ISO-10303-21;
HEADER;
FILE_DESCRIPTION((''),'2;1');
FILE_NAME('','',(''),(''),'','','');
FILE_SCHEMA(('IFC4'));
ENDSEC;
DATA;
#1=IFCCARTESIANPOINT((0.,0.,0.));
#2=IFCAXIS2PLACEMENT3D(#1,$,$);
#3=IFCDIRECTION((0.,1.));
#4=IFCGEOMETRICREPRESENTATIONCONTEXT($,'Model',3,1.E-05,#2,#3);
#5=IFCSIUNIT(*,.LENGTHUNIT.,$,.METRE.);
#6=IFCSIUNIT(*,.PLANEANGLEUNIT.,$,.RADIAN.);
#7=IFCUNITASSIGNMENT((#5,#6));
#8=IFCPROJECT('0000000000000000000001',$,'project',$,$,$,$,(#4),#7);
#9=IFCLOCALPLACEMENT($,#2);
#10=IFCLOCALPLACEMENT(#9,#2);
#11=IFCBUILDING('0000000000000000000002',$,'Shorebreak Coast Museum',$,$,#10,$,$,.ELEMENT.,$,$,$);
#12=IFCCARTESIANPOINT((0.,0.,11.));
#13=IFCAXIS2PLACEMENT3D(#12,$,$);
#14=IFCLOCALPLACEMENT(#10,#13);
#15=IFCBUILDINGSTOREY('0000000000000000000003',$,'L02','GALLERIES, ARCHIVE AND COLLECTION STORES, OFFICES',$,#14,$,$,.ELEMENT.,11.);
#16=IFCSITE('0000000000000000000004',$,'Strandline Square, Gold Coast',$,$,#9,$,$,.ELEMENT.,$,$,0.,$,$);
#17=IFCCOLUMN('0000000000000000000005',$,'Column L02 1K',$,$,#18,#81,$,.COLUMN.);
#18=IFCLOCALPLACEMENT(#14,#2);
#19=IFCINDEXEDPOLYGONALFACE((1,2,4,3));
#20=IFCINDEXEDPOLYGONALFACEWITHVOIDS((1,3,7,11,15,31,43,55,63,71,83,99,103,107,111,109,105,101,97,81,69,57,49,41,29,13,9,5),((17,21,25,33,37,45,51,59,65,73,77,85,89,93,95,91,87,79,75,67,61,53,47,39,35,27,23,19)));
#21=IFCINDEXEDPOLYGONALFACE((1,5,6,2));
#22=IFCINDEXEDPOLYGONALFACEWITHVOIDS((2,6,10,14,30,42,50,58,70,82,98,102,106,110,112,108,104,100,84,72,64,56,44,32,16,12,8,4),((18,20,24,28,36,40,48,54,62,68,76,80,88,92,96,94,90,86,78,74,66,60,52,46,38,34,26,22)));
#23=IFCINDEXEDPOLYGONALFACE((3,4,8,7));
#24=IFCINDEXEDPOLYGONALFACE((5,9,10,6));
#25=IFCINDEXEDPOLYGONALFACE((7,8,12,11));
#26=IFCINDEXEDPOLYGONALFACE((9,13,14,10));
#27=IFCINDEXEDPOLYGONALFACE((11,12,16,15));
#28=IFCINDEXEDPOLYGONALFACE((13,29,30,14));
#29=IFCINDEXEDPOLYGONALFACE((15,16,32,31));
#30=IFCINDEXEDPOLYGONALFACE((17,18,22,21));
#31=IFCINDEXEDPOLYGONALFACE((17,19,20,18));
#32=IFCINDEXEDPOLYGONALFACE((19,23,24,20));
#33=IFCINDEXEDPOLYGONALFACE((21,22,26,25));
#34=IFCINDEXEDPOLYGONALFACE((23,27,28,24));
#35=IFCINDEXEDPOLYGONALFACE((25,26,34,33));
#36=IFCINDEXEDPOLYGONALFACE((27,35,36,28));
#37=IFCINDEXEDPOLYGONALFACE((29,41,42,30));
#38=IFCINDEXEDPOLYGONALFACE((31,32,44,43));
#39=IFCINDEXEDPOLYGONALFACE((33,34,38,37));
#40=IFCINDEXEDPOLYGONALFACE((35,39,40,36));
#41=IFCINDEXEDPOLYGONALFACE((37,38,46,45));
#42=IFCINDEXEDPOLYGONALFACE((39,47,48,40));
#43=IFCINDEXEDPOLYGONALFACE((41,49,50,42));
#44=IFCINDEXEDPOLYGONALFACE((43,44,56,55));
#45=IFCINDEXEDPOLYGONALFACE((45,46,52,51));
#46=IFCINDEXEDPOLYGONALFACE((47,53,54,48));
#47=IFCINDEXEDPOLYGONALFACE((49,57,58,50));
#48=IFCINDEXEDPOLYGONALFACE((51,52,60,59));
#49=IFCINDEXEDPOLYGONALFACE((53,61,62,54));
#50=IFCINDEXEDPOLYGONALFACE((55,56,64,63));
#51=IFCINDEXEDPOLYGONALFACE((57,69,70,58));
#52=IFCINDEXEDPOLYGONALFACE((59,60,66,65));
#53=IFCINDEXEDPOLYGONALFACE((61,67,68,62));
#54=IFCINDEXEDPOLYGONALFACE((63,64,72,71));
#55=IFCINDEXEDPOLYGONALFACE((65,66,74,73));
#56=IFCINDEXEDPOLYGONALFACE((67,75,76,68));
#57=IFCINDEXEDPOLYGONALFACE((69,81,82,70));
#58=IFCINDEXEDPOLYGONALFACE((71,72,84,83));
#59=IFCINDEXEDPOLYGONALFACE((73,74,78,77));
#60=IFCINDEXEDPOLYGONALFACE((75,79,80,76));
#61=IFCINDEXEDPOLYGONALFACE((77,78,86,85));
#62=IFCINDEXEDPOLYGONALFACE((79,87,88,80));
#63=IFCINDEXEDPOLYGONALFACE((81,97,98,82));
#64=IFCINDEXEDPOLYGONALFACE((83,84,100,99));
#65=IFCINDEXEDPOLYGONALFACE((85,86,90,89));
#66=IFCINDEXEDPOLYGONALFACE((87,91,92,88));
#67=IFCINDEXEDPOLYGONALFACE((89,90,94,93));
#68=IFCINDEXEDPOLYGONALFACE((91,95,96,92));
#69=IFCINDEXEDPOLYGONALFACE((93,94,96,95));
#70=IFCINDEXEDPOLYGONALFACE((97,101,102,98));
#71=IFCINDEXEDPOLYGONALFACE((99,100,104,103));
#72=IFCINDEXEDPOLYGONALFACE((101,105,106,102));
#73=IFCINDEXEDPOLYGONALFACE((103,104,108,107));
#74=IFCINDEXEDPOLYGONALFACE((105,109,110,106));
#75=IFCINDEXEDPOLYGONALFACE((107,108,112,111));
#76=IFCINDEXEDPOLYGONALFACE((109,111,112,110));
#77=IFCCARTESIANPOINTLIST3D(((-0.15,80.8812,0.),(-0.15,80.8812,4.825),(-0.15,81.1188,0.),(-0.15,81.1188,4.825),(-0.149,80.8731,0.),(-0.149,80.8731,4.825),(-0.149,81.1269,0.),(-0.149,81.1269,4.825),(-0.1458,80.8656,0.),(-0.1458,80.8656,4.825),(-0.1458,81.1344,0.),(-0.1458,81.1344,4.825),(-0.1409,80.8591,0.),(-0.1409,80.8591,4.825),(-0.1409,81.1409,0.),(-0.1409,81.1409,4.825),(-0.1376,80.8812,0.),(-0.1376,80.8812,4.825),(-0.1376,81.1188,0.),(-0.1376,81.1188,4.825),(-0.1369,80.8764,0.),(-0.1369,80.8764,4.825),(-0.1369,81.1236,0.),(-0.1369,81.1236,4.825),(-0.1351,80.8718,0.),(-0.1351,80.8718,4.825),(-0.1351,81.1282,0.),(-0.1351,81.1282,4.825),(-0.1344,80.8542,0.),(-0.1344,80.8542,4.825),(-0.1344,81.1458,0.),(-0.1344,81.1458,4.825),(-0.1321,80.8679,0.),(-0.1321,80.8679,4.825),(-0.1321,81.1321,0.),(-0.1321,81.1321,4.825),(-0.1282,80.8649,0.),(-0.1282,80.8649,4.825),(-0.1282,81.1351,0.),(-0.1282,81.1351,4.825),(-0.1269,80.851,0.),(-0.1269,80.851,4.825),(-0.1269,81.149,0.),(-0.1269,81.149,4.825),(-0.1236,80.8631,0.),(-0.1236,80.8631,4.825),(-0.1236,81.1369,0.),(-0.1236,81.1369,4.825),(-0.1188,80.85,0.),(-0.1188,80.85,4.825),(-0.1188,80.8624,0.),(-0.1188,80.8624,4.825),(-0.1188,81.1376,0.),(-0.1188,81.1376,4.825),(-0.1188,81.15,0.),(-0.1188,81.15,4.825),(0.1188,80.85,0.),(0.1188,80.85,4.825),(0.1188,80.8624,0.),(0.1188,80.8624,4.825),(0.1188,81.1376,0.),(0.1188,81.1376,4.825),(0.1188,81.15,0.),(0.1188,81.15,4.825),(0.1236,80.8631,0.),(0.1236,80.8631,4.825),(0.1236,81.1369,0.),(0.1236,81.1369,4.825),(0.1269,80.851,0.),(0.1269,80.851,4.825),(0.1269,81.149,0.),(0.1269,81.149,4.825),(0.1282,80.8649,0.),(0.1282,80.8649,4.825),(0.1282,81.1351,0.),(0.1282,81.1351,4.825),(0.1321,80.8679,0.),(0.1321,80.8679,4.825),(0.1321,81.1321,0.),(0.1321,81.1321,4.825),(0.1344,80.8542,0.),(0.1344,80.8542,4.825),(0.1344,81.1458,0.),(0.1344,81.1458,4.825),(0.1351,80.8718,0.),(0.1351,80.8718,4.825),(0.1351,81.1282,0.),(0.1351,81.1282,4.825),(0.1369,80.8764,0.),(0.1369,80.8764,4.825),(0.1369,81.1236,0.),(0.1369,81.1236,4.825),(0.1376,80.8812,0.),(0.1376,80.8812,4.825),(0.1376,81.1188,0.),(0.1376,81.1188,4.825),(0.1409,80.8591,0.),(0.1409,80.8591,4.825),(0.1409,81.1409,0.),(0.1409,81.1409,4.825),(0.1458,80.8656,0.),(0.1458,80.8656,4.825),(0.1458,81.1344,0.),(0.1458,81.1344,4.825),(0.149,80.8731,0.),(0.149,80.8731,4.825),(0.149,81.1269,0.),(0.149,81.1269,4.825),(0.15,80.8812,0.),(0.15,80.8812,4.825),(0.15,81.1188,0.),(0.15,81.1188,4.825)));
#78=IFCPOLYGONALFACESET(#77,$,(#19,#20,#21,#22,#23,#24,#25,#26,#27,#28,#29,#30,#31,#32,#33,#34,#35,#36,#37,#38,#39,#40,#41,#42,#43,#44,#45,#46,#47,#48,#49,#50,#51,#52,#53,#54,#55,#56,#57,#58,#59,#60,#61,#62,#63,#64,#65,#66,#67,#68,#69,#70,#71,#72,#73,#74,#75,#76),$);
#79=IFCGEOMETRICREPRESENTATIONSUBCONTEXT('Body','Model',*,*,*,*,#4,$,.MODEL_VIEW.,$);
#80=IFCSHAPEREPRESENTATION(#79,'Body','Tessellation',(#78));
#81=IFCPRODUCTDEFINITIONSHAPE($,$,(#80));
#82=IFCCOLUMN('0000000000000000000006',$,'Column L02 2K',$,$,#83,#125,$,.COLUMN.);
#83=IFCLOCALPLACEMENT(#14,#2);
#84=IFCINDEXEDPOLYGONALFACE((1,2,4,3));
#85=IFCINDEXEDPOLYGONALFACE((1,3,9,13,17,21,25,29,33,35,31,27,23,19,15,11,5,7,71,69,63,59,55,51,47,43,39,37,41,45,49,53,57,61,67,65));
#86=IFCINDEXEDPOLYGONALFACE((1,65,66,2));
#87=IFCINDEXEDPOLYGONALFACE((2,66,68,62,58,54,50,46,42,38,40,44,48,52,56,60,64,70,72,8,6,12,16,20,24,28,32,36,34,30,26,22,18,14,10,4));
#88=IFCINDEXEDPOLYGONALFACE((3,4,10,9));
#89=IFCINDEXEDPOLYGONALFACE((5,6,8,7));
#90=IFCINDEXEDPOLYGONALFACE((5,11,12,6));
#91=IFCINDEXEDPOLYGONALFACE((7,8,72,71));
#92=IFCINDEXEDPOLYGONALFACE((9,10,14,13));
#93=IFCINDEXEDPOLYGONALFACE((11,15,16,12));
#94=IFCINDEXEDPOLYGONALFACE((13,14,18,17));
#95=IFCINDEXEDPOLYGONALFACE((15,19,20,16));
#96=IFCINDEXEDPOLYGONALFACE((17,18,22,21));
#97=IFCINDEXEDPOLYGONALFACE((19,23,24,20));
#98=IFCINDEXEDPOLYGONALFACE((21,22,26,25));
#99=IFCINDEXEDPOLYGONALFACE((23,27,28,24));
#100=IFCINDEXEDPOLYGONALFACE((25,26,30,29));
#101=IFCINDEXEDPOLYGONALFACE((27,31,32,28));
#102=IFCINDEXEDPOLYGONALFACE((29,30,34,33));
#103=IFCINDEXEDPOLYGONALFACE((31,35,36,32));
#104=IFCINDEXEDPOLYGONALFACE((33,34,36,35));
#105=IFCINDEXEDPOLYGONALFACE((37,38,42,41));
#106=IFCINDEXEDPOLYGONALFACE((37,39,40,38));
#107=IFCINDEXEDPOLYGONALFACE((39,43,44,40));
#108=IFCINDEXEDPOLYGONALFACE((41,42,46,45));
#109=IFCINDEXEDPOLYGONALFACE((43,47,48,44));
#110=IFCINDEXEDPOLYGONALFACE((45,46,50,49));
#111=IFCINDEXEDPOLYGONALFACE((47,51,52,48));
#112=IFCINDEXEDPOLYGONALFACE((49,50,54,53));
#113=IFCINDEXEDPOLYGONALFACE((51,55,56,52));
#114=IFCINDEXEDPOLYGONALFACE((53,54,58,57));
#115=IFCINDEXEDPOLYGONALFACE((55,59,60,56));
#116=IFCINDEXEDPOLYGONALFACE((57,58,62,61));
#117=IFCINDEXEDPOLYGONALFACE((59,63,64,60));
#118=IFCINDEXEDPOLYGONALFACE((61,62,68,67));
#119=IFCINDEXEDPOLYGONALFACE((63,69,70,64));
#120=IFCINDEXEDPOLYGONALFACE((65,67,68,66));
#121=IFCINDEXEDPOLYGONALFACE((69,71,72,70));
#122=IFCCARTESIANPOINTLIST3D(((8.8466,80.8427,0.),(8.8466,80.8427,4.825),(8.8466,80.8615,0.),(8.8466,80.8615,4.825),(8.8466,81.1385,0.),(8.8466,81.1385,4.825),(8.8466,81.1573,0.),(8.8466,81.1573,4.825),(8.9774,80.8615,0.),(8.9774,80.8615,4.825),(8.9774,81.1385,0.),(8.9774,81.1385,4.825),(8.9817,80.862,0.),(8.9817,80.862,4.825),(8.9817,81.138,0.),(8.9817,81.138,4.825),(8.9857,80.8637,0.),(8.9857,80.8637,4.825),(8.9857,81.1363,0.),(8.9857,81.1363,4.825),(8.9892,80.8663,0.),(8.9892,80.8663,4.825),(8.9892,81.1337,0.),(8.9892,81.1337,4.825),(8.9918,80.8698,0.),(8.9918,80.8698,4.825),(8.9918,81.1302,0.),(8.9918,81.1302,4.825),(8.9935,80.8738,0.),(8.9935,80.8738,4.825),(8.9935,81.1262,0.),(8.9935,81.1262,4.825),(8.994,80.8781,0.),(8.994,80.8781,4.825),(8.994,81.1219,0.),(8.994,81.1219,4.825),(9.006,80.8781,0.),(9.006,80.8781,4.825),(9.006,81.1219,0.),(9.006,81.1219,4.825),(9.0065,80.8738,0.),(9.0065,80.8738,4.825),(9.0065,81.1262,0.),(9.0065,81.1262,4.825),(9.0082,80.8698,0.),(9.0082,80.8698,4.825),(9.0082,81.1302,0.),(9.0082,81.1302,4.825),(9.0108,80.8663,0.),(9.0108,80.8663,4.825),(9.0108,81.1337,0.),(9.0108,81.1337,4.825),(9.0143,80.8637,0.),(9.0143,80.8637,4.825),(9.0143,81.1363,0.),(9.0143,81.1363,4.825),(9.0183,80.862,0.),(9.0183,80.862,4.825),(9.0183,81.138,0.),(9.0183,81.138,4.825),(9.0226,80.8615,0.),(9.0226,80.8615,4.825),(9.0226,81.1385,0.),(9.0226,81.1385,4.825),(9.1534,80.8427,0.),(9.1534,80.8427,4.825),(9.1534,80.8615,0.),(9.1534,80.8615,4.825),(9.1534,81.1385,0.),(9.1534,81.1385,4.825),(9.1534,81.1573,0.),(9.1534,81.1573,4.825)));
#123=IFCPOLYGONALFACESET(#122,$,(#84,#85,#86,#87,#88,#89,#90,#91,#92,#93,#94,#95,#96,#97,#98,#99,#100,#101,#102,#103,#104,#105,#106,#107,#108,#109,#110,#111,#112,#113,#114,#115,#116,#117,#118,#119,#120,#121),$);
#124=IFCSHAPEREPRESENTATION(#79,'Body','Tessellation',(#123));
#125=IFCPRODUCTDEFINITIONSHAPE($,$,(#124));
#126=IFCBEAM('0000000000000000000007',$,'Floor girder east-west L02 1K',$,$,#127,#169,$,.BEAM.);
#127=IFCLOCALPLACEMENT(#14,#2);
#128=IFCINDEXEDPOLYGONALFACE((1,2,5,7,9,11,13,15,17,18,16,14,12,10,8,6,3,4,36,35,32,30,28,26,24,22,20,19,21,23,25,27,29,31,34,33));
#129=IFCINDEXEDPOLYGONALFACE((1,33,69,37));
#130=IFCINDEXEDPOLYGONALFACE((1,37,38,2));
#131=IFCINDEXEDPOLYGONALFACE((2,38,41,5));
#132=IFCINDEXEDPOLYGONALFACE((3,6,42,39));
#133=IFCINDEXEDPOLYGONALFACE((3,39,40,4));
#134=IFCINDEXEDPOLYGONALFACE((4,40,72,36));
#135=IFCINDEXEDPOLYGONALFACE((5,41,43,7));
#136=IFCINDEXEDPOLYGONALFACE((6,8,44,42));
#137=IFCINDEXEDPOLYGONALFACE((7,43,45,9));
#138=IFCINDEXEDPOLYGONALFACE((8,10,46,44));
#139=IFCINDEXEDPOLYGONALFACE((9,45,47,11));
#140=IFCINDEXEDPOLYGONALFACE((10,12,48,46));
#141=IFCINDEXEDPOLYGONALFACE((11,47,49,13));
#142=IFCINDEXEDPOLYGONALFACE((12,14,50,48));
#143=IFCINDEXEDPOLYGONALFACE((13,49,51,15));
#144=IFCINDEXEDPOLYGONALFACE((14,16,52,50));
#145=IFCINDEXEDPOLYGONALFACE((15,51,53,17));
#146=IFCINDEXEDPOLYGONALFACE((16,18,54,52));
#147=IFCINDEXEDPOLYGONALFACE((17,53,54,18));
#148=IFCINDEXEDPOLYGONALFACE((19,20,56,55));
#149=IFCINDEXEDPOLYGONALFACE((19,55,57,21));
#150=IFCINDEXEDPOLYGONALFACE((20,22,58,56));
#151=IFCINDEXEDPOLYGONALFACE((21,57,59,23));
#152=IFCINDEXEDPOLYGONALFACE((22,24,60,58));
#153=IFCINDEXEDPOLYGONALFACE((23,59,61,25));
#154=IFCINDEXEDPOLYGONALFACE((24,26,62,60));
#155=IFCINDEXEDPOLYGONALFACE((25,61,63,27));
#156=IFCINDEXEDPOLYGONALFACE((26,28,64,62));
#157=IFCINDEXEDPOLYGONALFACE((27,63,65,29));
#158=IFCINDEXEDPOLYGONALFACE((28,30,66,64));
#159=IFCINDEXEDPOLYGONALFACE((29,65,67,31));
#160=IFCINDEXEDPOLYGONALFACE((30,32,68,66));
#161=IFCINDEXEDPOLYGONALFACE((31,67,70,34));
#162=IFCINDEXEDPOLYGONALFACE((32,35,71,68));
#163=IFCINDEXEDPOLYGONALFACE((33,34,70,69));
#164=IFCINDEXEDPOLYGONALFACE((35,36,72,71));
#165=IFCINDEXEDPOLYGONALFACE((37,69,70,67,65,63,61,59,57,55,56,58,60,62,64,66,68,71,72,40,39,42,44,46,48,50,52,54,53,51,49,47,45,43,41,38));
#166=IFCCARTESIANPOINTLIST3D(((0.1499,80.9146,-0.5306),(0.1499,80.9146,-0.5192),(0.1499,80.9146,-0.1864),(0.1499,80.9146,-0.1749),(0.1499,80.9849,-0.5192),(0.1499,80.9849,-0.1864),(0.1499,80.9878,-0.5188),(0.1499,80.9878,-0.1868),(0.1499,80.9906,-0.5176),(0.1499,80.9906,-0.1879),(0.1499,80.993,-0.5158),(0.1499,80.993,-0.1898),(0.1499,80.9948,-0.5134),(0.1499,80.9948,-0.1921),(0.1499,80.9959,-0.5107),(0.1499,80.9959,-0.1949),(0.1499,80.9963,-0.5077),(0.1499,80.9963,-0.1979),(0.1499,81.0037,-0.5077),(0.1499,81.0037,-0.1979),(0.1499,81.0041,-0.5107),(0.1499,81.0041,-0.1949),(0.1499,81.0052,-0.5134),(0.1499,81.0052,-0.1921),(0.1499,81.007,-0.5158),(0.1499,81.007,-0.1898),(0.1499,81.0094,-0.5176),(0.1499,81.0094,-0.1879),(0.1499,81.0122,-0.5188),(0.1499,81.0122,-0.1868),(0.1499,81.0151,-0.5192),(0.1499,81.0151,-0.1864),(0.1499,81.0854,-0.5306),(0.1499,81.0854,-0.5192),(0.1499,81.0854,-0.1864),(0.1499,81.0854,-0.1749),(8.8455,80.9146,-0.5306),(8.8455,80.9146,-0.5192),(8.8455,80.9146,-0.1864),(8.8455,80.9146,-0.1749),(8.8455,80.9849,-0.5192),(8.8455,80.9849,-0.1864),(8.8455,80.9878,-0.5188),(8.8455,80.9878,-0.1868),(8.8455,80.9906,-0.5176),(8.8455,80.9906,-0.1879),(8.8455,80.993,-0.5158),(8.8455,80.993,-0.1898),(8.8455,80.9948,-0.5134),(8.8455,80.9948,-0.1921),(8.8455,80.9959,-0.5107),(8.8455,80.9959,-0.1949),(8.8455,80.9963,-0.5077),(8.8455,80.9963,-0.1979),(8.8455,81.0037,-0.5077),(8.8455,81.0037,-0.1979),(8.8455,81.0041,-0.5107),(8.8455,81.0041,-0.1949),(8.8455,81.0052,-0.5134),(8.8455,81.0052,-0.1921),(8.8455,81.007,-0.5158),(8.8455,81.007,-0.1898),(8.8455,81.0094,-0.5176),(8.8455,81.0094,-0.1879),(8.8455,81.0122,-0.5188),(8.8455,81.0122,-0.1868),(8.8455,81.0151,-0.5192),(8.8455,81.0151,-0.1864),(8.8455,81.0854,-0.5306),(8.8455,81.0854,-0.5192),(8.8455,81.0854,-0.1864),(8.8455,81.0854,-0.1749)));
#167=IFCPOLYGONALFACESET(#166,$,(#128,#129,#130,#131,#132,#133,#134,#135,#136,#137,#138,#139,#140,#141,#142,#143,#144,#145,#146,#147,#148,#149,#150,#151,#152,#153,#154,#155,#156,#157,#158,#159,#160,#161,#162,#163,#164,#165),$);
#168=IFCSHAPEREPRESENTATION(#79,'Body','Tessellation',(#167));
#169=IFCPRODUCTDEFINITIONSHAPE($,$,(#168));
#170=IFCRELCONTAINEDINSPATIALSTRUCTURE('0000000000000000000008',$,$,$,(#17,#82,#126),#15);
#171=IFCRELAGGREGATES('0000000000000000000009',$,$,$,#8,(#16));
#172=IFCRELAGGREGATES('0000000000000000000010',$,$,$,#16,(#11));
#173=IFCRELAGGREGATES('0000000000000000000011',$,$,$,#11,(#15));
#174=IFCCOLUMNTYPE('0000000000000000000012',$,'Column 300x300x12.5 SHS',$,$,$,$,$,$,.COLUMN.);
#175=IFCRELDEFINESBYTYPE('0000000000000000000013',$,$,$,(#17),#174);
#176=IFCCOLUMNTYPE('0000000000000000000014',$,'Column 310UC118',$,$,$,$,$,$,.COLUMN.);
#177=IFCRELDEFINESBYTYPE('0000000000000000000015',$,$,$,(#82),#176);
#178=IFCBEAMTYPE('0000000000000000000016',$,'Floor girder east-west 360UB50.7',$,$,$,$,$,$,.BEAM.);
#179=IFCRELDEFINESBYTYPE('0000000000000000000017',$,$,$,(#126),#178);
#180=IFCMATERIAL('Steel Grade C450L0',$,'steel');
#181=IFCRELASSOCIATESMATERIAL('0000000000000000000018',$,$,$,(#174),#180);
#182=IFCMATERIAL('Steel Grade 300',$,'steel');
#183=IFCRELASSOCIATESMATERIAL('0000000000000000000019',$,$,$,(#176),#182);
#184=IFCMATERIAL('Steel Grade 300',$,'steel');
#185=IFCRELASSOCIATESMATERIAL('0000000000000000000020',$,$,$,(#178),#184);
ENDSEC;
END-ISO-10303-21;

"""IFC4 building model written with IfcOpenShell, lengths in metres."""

from ifc_helpers import new_model, si_unit, direction, frame, origin, origin_2d, place, context, subcontext, project, spatial, hollow_rectangle, i_section, extrude, material, material_profile, profile_set, type_object, element, save


model = new_model("IFC4")

# Units and contexts
model_context = context("Model", 3, precision=1e-05, world=origin(), true_north=direction((0.0, 1.0)))
body_context = subcontext(model_context, "Body", "Model", "MODEL_VIEW")
ifc_project = project(units=[si_unit("LENGTHUNIT", "METRE"), si_unit("PLANEANGLEUNIT", "RADIAN")], contexts=[model_context])

# Site, building, storey
site_placement = place(None, origin())
site = spatial("IfcSite", under=ifc_project, at=site_placement, Name="Strandline Square, Gold Coast", CompositionType="ELEMENT", RefElevation=0.0)
building_placement = place(site_placement, origin())
building = spatial("IfcBuilding", under=site, at=building_placement, Name="Shorebreak Coast Museum", CompositionType="ELEMENT")
storey_placement = place(building_placement, frame((0.0, 0.0, 11.0)))
storey = spatial("IfcBuildingStorey", under=building, at=storey_placement, Name="L02", Description="GALLERIES, ARCHIVE AND COLLECTION STORES, OFFICES", CompositionType="ELEMENT", Elevation=11.0)

# Columns
ifc_material_1 = material(Name="Steel Grade C450L0", Category="steel")
ifc_material_profile_1 = material_profile(ifc_material_1, hollow_rectangle(XDim=0.3, YDim=0.3, WallThickness=0.0125, InnerFilletRadius=0.0188, OuterFilletRadius=0.0312, at=origin_2d()), Name="300x300x12.5 SHS")
ifc_profile_set_1 = profile_set([ifc_material_profile_1], Name="Steel Grade C450L0")
column_type_1 = type_object("IfcColumnType", Name="Column 300x300x12.5 SHS", PredefinedType="COLUMN", material=ifc_profile_set_1)
column_1_placement = place(storey_placement, frame((0.0, 81.0, 0.0), z_axis=(0.0, 0.0, 1.0), x_axis=(1.0, 0.0, 0.0)))
element("IfcColumn", 1, at=column_1_placement, inside=storey, type_object=column_type_1, Name="Column L02 1K", PredefinedType="COLUMN", context=body_context, shape_type="SweptSolid", body=[
    extrude(hollow_rectangle(XDim=0.3, YDim=0.3, WallThickness=0.0125, InnerFilletRadius=0.0188, OuterFilletRadius=0.0312, at=origin_2d()), origin(), (0.0, 0.0, 1.0), 4.825),
])
ifc_material_2 = material(Name="Steel Grade 300", Category="steel")
ifc_material_profile_2 = material_profile(ifc_material_2, i_section(OverallWidth=0.3069, OverallDepth=0.3147, WebThickness=0.012, FlangeThickness=0.0188, FilletRadius=0.0166, at=origin_2d()), Name="310UC118")
ifc_profile_set_2 = profile_set([ifc_material_profile_2], Name="Steel Grade 300")
column_type_2 = type_object("IfcColumnType", Name="Column 310UC118", PredefinedType="COLUMN", material=ifc_profile_set_2)
column_2_placement = place(storey_placement, frame((9.0, 81.0, 0.0), z_axis=(0.0, 0.0, 1.0), x_axis=(1.0, 0.0, 0.0)))
element("IfcColumn", 2, at=column_2_placement, inside=storey, type_object=column_type_2, Name="Column L02 2K", PredefinedType="COLUMN", context=body_context, shape_type="SweptSolid", body=[
    extrude(i_section(OverallWidth=0.3069, OverallDepth=0.3147, WebThickness=0.012, FlangeThickness=0.0188, FilletRadius=0.0166, at=origin_2d()), origin(), (0.0, 0.0, 1.0), 4.825),
])

# Beam
ifc_material_3 = material(Name="Steel Grade 300", Category="steel")
ifc_material_profile_3 = material_profile(ifc_material_3, i_section(OverallWidth=0.1709, OverallDepth=0.3557, WebThickness=0.0073, FlangeThickness=0.0115, FilletRadius=0.0115, at=origin_2d()), Name="360UB50.7")
ifc_profile_set_3 = profile_set([ifc_material_profile_3], Name="Steel Grade 300")
beam_type_1 = type_object("IfcBeamType", Name="Floor girder east-west 360UB50.7", PredefinedType="BEAM", material=ifc_profile_set_3)
beam_1_placement = place(storey_placement, frame((0.1499, 81.0, -0.3528), z_axis=(1.0, 0.0, 0.0), x_axis=(0.0, 1.0, 0.0)))
element("IfcBeam", 3, at=beam_1_placement, inside=storey, type_object=beam_type_1, Name="Floor girder east-west L02 1K", PredefinedType="BEAM", context=body_context, shape_type="SweptSolid", body=[
    extrude(i_section(OverallWidth=0.1709, OverallDepth=0.3557, WebThickness=0.0073, FlangeThickness=0.0115, FilletRadius=0.0115, at=origin_2d()), origin(), (0.0, 0.0, 1.0), 8.6956),
])

save(model, "model.ifc")
